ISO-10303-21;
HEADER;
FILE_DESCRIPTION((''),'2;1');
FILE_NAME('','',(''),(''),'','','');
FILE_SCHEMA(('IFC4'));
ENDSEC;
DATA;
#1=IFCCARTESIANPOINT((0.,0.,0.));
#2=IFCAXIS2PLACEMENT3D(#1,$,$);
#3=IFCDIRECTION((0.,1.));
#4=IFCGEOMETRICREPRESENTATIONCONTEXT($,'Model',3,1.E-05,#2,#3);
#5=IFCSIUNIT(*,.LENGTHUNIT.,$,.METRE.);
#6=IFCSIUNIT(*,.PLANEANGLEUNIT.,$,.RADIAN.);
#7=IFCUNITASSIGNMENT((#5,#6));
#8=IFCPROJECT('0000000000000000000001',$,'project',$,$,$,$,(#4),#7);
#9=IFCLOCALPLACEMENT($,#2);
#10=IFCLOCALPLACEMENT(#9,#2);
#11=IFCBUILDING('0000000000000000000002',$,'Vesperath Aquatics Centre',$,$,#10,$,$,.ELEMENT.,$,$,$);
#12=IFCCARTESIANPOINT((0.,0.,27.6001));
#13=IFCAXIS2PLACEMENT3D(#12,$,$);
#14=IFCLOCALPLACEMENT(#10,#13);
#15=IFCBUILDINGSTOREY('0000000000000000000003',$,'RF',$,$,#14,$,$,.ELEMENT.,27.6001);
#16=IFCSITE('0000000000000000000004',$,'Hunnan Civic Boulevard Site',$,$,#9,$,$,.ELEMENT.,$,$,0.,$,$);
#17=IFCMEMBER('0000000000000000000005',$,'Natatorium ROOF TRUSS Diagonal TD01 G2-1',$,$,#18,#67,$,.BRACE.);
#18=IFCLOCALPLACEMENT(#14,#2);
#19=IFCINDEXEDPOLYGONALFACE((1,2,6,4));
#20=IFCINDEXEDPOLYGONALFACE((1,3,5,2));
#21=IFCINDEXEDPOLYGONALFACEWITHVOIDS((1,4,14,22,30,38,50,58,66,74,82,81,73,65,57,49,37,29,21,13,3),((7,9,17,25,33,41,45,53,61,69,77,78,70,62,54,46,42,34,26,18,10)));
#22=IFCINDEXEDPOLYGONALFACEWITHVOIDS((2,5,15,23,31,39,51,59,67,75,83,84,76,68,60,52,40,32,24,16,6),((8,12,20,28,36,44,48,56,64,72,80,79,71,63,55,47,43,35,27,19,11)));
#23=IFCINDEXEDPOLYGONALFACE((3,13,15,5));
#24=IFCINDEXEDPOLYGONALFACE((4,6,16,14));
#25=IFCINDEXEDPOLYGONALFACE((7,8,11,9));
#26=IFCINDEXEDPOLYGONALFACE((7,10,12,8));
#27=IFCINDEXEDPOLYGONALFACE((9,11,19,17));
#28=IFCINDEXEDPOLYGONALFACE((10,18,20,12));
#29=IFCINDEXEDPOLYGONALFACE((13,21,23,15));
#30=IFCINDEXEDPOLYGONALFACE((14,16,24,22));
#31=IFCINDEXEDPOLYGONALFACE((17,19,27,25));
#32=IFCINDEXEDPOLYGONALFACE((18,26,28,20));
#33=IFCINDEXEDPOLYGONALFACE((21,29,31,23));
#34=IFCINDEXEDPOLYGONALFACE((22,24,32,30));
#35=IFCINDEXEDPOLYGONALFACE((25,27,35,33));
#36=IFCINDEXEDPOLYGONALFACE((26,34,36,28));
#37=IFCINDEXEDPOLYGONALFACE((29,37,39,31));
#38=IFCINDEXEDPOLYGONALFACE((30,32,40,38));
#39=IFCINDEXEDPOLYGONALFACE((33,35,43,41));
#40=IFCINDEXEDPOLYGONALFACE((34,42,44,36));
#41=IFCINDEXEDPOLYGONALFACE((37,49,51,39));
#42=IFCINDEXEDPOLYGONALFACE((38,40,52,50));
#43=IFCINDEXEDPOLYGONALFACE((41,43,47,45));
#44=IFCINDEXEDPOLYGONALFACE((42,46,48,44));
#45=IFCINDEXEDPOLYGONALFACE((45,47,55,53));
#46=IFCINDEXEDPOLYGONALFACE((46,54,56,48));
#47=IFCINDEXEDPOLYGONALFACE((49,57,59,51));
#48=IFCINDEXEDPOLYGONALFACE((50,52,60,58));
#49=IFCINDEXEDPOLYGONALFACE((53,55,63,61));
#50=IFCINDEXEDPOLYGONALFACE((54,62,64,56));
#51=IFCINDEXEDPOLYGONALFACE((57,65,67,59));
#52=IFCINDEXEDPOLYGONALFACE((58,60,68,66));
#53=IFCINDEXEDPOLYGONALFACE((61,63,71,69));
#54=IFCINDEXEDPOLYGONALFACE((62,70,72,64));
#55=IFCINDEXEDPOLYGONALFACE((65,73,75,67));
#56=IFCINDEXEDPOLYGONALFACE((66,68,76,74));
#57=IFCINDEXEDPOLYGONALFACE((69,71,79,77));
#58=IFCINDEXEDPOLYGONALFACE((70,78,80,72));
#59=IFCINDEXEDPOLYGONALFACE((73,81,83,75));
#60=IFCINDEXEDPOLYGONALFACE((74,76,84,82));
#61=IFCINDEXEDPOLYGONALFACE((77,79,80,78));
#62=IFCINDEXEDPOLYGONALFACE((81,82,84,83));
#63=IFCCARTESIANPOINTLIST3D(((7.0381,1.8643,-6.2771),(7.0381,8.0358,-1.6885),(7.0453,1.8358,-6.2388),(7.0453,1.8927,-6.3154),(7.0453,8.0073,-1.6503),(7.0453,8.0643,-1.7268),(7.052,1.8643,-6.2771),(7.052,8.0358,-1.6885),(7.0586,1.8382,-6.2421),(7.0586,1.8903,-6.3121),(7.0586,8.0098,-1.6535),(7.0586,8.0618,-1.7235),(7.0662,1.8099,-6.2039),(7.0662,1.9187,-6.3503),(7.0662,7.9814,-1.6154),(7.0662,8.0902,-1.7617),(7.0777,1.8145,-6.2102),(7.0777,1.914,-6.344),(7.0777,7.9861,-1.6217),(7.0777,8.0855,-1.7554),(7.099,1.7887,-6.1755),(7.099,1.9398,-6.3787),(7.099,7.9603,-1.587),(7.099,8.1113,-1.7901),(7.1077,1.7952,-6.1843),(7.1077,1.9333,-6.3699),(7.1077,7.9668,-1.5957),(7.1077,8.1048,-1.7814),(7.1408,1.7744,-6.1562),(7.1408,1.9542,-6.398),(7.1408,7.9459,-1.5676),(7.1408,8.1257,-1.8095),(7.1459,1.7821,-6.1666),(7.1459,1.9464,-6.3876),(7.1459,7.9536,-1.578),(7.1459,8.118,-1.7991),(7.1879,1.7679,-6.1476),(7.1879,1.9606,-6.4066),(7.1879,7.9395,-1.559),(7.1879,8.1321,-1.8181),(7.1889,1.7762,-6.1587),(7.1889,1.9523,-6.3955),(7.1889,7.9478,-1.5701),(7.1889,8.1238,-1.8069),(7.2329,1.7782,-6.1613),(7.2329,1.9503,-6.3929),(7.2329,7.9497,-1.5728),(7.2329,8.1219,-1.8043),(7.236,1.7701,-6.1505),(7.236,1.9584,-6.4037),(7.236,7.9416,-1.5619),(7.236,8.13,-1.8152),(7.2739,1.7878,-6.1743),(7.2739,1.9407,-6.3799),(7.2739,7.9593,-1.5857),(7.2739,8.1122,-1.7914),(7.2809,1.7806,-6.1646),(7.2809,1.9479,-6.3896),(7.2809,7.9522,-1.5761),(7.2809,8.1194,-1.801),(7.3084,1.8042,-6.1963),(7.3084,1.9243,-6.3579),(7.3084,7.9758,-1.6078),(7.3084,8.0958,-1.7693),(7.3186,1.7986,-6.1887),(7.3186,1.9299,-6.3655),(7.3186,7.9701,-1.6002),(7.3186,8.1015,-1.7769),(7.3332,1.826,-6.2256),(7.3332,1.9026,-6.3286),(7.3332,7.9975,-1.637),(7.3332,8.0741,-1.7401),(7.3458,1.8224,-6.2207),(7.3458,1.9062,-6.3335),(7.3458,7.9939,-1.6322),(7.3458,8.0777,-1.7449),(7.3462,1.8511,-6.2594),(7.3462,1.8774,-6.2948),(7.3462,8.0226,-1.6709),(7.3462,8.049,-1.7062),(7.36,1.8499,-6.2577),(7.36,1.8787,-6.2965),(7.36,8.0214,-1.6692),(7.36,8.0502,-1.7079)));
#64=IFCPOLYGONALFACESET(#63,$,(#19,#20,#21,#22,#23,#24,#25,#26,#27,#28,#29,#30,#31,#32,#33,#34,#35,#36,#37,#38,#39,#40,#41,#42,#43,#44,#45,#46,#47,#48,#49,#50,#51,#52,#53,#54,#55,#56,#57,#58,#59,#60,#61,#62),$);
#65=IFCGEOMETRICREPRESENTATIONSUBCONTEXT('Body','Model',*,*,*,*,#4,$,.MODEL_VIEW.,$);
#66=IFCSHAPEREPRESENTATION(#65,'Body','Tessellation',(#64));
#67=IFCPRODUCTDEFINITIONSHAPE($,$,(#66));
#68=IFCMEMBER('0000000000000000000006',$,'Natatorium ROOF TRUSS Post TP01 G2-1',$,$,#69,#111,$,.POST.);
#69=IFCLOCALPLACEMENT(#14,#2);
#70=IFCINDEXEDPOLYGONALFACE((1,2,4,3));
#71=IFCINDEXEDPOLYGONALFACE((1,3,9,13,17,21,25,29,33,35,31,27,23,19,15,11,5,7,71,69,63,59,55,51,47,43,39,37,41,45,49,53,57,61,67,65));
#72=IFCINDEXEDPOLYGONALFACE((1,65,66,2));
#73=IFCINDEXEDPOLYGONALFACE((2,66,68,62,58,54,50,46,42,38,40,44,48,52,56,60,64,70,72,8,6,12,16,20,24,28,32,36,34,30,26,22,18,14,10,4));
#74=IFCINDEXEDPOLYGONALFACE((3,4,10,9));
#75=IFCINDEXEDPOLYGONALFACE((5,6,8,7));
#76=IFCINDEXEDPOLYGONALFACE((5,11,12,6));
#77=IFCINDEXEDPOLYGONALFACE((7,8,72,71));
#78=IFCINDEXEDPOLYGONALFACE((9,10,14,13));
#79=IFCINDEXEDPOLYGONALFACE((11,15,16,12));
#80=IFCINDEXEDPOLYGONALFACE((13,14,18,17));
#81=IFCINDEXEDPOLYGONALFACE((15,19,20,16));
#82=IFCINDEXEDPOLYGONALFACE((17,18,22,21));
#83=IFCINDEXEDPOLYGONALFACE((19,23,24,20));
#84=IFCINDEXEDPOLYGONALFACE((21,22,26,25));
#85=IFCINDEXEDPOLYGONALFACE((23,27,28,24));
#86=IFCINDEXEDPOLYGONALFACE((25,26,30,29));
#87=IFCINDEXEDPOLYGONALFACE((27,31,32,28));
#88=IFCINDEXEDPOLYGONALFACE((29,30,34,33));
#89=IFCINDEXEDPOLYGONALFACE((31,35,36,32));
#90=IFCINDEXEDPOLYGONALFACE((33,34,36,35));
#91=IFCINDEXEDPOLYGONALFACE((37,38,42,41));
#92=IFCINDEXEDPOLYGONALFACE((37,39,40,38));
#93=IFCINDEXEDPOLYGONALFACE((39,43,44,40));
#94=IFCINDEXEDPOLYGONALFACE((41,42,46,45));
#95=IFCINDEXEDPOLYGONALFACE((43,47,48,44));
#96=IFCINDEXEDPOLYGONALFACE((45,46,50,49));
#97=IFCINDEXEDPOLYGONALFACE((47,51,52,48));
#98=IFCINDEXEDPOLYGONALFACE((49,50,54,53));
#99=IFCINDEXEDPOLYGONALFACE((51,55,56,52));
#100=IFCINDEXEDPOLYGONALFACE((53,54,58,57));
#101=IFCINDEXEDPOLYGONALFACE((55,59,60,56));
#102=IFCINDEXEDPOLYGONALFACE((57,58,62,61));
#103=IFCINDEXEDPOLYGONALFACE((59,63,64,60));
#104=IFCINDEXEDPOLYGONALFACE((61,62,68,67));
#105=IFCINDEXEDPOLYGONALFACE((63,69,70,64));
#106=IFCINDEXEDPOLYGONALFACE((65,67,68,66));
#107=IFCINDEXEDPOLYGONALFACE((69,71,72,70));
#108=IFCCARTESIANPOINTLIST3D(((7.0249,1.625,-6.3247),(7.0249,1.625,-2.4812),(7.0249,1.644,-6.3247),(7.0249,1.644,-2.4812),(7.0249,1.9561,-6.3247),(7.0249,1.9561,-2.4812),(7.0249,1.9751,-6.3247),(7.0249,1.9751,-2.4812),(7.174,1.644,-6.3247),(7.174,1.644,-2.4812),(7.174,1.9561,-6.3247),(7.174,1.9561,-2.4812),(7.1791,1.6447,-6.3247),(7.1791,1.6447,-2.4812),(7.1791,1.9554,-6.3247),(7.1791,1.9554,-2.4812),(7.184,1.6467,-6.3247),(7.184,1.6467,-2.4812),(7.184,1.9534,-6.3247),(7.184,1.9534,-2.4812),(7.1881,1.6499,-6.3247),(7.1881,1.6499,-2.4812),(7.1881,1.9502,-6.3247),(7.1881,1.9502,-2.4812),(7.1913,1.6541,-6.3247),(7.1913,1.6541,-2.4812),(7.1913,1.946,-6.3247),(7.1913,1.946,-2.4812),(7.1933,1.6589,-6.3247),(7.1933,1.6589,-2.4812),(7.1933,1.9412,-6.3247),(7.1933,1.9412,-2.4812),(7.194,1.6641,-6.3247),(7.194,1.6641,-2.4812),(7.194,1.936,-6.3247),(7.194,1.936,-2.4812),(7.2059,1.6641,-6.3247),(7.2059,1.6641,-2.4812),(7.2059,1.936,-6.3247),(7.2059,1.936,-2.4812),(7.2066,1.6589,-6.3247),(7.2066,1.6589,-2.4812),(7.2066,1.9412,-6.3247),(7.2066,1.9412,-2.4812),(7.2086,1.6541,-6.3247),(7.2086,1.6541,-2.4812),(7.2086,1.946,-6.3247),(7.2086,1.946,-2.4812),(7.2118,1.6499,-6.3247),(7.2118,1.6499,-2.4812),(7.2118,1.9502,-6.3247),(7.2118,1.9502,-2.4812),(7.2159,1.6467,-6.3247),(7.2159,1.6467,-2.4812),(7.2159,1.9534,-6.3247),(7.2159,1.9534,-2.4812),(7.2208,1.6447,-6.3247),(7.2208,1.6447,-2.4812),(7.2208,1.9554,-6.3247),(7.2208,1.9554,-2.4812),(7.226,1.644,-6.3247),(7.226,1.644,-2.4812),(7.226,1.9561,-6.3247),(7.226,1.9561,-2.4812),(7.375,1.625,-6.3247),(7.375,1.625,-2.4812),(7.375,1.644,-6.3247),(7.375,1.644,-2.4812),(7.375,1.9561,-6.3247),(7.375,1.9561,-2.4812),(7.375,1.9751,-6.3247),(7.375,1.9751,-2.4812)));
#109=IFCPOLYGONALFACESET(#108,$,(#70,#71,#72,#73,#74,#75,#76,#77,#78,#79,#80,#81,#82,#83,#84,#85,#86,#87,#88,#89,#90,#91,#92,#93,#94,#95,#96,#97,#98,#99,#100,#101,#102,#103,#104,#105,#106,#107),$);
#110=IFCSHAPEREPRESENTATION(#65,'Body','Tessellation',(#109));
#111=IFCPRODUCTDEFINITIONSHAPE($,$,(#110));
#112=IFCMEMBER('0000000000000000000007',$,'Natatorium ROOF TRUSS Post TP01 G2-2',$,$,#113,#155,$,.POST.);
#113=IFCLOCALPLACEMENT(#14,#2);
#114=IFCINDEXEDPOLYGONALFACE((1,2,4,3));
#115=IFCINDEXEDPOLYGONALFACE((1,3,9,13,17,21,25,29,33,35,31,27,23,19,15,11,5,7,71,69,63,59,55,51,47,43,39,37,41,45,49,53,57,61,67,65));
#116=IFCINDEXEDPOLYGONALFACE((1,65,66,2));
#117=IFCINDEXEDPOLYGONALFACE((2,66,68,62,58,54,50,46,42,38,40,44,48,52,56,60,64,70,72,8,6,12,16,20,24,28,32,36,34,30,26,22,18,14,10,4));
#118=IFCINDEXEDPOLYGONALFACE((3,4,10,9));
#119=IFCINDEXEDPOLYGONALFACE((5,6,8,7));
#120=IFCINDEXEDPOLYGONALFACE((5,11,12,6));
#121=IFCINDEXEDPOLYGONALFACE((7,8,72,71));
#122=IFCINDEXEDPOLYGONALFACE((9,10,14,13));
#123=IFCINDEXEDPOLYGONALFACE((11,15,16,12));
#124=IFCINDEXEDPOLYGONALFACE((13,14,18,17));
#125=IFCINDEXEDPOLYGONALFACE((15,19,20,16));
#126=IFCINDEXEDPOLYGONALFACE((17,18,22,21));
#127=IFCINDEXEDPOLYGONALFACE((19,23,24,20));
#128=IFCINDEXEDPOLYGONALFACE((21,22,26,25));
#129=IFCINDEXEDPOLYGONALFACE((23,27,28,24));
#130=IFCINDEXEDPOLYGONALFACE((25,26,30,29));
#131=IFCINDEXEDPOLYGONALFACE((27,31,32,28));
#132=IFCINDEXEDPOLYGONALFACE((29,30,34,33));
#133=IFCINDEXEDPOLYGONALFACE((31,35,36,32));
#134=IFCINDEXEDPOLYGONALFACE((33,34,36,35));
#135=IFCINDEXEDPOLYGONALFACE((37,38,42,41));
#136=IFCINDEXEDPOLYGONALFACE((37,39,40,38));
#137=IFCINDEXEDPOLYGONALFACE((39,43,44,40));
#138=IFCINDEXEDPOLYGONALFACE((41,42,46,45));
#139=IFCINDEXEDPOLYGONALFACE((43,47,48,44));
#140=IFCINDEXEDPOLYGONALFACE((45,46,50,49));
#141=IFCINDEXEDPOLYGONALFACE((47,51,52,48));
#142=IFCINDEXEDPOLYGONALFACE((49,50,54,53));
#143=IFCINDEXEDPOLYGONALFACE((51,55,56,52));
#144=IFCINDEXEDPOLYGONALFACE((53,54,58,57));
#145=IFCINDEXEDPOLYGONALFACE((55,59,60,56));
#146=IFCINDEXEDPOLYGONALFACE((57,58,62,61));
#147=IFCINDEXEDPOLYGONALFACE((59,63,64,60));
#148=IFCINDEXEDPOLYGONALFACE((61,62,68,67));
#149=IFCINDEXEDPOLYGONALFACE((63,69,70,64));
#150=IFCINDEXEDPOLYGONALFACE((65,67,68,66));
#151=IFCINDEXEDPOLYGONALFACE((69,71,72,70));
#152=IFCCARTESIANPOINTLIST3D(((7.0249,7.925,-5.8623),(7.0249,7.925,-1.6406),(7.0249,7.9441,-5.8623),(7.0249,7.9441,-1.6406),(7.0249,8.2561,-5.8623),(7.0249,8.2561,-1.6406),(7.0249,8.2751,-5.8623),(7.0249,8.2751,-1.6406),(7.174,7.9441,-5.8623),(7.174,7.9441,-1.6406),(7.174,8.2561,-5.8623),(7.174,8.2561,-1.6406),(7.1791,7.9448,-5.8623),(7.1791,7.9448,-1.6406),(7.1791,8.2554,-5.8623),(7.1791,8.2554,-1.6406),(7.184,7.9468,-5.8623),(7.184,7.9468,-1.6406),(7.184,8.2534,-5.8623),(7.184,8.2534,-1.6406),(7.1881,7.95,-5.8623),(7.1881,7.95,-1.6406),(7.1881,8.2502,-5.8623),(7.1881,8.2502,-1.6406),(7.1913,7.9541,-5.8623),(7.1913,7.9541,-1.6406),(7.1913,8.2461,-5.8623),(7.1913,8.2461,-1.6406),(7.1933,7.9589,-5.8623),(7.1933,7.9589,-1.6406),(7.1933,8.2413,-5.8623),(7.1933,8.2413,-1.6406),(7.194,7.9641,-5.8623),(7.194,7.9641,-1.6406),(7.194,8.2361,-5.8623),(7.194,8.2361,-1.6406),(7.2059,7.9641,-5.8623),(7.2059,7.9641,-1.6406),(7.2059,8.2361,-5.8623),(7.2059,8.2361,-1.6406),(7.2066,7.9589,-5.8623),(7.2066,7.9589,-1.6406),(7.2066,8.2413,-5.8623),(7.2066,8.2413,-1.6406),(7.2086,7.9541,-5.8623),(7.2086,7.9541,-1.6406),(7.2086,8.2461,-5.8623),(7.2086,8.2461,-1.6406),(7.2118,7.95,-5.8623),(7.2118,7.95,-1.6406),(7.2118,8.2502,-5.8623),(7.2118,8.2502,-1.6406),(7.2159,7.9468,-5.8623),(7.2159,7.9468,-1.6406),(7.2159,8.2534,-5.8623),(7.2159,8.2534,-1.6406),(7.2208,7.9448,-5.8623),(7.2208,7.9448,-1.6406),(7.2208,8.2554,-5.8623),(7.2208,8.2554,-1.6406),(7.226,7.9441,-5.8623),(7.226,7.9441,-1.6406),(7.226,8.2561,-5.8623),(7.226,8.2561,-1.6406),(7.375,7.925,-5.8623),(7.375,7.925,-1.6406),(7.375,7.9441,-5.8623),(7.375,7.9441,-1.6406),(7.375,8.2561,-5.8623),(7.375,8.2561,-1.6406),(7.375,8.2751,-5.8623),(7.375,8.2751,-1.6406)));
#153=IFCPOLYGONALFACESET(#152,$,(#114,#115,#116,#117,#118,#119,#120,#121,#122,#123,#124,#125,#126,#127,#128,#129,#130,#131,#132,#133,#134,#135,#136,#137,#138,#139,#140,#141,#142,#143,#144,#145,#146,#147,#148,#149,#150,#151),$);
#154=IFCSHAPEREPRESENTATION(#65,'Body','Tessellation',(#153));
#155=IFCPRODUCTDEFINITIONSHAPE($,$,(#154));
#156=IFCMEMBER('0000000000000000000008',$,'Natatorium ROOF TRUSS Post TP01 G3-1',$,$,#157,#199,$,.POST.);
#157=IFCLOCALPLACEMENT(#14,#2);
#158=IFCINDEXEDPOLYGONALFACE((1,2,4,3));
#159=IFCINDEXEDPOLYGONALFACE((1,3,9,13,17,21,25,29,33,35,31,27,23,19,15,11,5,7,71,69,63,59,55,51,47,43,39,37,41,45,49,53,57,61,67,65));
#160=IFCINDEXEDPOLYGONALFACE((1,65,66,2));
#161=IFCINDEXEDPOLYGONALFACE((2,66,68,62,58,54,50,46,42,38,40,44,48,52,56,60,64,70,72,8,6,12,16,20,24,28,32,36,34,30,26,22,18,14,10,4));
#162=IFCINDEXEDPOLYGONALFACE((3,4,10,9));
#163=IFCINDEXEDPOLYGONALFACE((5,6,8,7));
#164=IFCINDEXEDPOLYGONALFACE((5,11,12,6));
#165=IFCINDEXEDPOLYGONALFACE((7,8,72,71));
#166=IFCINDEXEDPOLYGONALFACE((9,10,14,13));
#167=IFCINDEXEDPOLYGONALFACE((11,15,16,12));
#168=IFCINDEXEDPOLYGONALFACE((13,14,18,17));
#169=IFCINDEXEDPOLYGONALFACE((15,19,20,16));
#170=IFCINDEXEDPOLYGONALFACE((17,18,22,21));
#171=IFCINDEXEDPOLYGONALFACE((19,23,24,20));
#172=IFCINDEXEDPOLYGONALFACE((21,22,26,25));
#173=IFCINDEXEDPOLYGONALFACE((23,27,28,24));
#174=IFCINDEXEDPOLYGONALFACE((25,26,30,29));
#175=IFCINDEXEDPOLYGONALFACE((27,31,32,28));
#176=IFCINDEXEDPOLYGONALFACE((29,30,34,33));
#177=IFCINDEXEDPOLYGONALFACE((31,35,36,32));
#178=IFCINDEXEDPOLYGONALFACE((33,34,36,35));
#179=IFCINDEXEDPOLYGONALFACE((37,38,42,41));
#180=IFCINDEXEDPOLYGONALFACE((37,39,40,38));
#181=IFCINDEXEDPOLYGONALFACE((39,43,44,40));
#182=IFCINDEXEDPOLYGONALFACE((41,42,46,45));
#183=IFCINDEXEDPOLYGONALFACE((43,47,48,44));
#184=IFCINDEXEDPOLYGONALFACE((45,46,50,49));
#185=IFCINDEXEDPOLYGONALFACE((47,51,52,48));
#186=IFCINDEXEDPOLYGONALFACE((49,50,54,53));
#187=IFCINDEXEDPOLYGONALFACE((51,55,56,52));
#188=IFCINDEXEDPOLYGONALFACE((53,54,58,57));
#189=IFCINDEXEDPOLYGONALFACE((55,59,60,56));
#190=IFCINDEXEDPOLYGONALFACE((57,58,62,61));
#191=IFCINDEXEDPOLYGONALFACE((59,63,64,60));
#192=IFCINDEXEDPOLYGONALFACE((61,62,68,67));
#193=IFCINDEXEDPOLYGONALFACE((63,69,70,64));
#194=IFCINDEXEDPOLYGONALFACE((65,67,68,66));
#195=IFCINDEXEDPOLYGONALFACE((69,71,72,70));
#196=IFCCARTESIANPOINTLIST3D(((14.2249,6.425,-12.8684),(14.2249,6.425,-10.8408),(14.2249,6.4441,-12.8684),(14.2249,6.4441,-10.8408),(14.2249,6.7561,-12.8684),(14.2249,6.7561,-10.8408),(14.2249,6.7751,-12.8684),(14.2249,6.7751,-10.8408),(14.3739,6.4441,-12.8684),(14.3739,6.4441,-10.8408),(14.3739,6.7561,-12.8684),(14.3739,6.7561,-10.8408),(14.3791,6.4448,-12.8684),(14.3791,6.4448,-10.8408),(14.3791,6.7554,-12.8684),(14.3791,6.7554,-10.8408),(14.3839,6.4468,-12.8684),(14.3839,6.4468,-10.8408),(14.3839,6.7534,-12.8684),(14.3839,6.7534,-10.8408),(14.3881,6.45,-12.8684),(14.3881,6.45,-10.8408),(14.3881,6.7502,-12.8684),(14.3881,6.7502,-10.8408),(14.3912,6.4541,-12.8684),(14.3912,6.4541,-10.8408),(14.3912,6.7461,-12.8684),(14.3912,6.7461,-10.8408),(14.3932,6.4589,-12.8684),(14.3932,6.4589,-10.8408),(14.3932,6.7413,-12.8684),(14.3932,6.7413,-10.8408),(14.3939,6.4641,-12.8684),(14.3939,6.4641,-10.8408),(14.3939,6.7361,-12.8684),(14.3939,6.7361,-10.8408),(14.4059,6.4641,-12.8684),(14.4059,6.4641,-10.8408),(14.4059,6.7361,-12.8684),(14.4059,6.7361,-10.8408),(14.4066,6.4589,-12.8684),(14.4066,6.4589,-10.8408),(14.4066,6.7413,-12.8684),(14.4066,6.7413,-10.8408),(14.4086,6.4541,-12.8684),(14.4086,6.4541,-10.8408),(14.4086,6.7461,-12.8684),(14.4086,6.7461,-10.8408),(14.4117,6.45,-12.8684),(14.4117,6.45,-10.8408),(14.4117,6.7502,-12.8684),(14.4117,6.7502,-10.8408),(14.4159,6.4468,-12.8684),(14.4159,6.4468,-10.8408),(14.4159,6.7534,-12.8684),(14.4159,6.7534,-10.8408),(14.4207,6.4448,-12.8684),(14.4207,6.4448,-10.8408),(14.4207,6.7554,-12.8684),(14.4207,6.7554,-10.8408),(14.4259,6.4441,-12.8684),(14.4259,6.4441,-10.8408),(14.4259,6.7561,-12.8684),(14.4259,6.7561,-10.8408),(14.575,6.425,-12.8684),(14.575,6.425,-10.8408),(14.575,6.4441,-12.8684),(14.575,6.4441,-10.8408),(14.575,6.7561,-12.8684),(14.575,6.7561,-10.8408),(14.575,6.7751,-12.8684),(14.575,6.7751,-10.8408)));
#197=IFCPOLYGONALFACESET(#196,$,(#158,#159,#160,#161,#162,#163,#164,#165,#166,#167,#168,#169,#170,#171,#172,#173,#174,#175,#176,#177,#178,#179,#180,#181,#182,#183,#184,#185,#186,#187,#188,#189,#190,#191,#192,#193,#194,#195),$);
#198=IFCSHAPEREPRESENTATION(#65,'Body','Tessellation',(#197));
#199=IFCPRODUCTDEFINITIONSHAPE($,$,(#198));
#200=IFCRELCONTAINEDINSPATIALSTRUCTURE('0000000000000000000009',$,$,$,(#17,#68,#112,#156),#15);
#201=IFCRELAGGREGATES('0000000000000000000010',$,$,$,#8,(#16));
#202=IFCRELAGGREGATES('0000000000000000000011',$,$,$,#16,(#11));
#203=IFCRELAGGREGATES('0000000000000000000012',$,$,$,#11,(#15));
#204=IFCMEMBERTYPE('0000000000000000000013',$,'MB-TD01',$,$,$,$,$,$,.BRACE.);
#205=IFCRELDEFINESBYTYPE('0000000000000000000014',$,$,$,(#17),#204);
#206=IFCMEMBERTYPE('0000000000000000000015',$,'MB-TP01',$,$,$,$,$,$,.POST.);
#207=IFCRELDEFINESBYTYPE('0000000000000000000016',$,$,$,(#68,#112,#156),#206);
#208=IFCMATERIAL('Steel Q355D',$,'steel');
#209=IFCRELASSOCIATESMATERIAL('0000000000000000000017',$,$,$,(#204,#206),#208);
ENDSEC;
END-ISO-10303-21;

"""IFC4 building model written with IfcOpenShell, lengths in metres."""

from ifc_helpers import new_model, si_unit, direction, frame, origin, origin_2d, place, context, subcontext, project, spatial, hollow_circle, i_section, extrude, material, material_profile, profile_set, type_object, element, save


model = new_model("IFC4")

# Units and contexts
model_context = context("Model", 3, precision=1e-05, world=origin(), true_north=direction((0.0, 1.0)))
body_context = subcontext(model_context, "Body", "Model", "MODEL_VIEW")
ifc_project = project(units=[si_unit("LENGTHUNIT", "METRE"), si_unit("PLANEANGLEUNIT", "RADIAN")], contexts=[model_context])

# Site, building, storey
site_placement = place(None, origin())
site = spatial("IfcSite", under=ifc_project, at=site_placement, Name="Hunnan Civic Boulevard Site", CompositionType="ELEMENT", RefElevation=0.0)
building_placement = place(site_placement, origin())
building = spatial("IfcBuilding", under=site, at=building_placement, Name="Vesperath Aquatics Centre", CompositionType="ELEMENT")
storey_placement = place(building_placement, frame((0.0, 0.0, 27.6001)))
storey = spatial("IfcBuildingStorey", under=building, at=storey_placement, Name="RF", CompositionType="ELEMENT", Elevation=27.6001)

# Members
ifc_material_1 = material(Name="Steel Q355D", Category="steel")
ifc_material_profile_1 = material_profile(ifc_material_1, hollow_circle(Radius=0.1619, WallThickness=0.0139, at=origin_2d()), Name="CHS 323.9x14")
ifc_profile_set_1 = profile_set([ifc_material_profile_1], Name="Steel Q355D")
member_type_1 = type_object("IfcMemberType", Name="MB-TD01", PredefinedType="BRACE", material=ifc_profile_set_1)
member_1_placement = place(storey_placement, frame((7.2, 1.8643, -6.2771), z_axis=(0.0, 0.802496, 0.596658), x_axis=(-1.0, 0.0, 0.0)))
element("IfcMember", 1, at=member_1_placement, inside=storey, type_object=member_type_1, Name="Natatorium ROOF TRUSS Diagonal TD01 G2-1", PredefinedType="BRACE", context=body_context, shape_type="SweptSolid", body=[
    extrude(hollow_circle(Radius=0.1619, WallThickness=0.0139, at=origin_2d()), origin(), (0.0, 0.0, 1.0), 7.6904),
])
ifc_material_profile_2 = material_profile(ifc_material_1, i_section(OverallWidth=0.3501, OverallDepth=0.3501, WebThickness=0.012, FlangeThickness=0.019, FilletRadius=0.02, at=origin_2d()), Name="HW 350x350x12x19")
ifc_profile_set_2 = profile_set([ifc_material_profile_2], Name="Steel Q355D")
member_type_2 = type_object("IfcMemberType", Name="MB-TP01", PredefinedType="POST", material=ifc_profile_set_2)
member_2_placement = place(storey_placement, frame((7.2, 1.8, -6.3247), z_axis=(0.0, 0.0, 1.0), x_axis=(1.0, 0.0, 0.0)))
element("IfcMember", 2, at=member_2_placement, inside=storey, type_object=member_type_2, Name="Natatorium ROOF TRUSS Post TP01 G2-1", PredefinedType="POST", context=body_context, shape_type="SweptSolid", body=[
    extrude(i_section(OverallWidth=0.3501, OverallDepth=0.3501, WebThickness=0.012, FlangeThickness=0.019, FilletRadius=0.02, at=origin_2d()), origin(), (0.0, 0.0, 1.0), 3.8435),
])
member_3_placement = place(storey_placement, frame((7.2, 8.1001, -5.8623), z_axis=(0.0, 0.0, 1.0), x_axis=(1.0, 0.0, 0.0)))
element("IfcMember", 3, at=member_3_placement, inside=storey, type_object=member_type_2, Name="Natatorium ROOF TRUSS Post TP01 G2-2", PredefinedType="POST", context=body_context, shape_type="SweptSolid", body=[
    extrude(i_section(OverallWidth=0.3501, OverallDepth=0.3501, WebThickness=0.012, FlangeThickness=0.019, FilletRadius=0.02, at=origin_2d()), origin(), (0.0, 0.0, 1.0), 4.2217),
])
member_4_placement = place(storey_placement, frame((14.3999, 6.6001, -12.8684), z_axis=(0.0, 0.0, 1.0), x_axis=(1.0, 0.0, 0.0)))
element("IfcMember", 4, at=member_4_placement, inside=storey, type_object=member_type_2, Name="Natatorium ROOF TRUSS Post TP01 G3-1", PredefinedType="POST", context=body_context, shape_type="SweptSolid", body=[
    extrude(i_section(OverallWidth=0.3501, OverallDepth=0.3501, WebThickness=0.012, FlangeThickness=0.019, FilletRadius=0.02, at=origin_2d()), origin(), (0.0, 0.0, 1.0), 2.0276),
])

save(model, "model.ifc")
